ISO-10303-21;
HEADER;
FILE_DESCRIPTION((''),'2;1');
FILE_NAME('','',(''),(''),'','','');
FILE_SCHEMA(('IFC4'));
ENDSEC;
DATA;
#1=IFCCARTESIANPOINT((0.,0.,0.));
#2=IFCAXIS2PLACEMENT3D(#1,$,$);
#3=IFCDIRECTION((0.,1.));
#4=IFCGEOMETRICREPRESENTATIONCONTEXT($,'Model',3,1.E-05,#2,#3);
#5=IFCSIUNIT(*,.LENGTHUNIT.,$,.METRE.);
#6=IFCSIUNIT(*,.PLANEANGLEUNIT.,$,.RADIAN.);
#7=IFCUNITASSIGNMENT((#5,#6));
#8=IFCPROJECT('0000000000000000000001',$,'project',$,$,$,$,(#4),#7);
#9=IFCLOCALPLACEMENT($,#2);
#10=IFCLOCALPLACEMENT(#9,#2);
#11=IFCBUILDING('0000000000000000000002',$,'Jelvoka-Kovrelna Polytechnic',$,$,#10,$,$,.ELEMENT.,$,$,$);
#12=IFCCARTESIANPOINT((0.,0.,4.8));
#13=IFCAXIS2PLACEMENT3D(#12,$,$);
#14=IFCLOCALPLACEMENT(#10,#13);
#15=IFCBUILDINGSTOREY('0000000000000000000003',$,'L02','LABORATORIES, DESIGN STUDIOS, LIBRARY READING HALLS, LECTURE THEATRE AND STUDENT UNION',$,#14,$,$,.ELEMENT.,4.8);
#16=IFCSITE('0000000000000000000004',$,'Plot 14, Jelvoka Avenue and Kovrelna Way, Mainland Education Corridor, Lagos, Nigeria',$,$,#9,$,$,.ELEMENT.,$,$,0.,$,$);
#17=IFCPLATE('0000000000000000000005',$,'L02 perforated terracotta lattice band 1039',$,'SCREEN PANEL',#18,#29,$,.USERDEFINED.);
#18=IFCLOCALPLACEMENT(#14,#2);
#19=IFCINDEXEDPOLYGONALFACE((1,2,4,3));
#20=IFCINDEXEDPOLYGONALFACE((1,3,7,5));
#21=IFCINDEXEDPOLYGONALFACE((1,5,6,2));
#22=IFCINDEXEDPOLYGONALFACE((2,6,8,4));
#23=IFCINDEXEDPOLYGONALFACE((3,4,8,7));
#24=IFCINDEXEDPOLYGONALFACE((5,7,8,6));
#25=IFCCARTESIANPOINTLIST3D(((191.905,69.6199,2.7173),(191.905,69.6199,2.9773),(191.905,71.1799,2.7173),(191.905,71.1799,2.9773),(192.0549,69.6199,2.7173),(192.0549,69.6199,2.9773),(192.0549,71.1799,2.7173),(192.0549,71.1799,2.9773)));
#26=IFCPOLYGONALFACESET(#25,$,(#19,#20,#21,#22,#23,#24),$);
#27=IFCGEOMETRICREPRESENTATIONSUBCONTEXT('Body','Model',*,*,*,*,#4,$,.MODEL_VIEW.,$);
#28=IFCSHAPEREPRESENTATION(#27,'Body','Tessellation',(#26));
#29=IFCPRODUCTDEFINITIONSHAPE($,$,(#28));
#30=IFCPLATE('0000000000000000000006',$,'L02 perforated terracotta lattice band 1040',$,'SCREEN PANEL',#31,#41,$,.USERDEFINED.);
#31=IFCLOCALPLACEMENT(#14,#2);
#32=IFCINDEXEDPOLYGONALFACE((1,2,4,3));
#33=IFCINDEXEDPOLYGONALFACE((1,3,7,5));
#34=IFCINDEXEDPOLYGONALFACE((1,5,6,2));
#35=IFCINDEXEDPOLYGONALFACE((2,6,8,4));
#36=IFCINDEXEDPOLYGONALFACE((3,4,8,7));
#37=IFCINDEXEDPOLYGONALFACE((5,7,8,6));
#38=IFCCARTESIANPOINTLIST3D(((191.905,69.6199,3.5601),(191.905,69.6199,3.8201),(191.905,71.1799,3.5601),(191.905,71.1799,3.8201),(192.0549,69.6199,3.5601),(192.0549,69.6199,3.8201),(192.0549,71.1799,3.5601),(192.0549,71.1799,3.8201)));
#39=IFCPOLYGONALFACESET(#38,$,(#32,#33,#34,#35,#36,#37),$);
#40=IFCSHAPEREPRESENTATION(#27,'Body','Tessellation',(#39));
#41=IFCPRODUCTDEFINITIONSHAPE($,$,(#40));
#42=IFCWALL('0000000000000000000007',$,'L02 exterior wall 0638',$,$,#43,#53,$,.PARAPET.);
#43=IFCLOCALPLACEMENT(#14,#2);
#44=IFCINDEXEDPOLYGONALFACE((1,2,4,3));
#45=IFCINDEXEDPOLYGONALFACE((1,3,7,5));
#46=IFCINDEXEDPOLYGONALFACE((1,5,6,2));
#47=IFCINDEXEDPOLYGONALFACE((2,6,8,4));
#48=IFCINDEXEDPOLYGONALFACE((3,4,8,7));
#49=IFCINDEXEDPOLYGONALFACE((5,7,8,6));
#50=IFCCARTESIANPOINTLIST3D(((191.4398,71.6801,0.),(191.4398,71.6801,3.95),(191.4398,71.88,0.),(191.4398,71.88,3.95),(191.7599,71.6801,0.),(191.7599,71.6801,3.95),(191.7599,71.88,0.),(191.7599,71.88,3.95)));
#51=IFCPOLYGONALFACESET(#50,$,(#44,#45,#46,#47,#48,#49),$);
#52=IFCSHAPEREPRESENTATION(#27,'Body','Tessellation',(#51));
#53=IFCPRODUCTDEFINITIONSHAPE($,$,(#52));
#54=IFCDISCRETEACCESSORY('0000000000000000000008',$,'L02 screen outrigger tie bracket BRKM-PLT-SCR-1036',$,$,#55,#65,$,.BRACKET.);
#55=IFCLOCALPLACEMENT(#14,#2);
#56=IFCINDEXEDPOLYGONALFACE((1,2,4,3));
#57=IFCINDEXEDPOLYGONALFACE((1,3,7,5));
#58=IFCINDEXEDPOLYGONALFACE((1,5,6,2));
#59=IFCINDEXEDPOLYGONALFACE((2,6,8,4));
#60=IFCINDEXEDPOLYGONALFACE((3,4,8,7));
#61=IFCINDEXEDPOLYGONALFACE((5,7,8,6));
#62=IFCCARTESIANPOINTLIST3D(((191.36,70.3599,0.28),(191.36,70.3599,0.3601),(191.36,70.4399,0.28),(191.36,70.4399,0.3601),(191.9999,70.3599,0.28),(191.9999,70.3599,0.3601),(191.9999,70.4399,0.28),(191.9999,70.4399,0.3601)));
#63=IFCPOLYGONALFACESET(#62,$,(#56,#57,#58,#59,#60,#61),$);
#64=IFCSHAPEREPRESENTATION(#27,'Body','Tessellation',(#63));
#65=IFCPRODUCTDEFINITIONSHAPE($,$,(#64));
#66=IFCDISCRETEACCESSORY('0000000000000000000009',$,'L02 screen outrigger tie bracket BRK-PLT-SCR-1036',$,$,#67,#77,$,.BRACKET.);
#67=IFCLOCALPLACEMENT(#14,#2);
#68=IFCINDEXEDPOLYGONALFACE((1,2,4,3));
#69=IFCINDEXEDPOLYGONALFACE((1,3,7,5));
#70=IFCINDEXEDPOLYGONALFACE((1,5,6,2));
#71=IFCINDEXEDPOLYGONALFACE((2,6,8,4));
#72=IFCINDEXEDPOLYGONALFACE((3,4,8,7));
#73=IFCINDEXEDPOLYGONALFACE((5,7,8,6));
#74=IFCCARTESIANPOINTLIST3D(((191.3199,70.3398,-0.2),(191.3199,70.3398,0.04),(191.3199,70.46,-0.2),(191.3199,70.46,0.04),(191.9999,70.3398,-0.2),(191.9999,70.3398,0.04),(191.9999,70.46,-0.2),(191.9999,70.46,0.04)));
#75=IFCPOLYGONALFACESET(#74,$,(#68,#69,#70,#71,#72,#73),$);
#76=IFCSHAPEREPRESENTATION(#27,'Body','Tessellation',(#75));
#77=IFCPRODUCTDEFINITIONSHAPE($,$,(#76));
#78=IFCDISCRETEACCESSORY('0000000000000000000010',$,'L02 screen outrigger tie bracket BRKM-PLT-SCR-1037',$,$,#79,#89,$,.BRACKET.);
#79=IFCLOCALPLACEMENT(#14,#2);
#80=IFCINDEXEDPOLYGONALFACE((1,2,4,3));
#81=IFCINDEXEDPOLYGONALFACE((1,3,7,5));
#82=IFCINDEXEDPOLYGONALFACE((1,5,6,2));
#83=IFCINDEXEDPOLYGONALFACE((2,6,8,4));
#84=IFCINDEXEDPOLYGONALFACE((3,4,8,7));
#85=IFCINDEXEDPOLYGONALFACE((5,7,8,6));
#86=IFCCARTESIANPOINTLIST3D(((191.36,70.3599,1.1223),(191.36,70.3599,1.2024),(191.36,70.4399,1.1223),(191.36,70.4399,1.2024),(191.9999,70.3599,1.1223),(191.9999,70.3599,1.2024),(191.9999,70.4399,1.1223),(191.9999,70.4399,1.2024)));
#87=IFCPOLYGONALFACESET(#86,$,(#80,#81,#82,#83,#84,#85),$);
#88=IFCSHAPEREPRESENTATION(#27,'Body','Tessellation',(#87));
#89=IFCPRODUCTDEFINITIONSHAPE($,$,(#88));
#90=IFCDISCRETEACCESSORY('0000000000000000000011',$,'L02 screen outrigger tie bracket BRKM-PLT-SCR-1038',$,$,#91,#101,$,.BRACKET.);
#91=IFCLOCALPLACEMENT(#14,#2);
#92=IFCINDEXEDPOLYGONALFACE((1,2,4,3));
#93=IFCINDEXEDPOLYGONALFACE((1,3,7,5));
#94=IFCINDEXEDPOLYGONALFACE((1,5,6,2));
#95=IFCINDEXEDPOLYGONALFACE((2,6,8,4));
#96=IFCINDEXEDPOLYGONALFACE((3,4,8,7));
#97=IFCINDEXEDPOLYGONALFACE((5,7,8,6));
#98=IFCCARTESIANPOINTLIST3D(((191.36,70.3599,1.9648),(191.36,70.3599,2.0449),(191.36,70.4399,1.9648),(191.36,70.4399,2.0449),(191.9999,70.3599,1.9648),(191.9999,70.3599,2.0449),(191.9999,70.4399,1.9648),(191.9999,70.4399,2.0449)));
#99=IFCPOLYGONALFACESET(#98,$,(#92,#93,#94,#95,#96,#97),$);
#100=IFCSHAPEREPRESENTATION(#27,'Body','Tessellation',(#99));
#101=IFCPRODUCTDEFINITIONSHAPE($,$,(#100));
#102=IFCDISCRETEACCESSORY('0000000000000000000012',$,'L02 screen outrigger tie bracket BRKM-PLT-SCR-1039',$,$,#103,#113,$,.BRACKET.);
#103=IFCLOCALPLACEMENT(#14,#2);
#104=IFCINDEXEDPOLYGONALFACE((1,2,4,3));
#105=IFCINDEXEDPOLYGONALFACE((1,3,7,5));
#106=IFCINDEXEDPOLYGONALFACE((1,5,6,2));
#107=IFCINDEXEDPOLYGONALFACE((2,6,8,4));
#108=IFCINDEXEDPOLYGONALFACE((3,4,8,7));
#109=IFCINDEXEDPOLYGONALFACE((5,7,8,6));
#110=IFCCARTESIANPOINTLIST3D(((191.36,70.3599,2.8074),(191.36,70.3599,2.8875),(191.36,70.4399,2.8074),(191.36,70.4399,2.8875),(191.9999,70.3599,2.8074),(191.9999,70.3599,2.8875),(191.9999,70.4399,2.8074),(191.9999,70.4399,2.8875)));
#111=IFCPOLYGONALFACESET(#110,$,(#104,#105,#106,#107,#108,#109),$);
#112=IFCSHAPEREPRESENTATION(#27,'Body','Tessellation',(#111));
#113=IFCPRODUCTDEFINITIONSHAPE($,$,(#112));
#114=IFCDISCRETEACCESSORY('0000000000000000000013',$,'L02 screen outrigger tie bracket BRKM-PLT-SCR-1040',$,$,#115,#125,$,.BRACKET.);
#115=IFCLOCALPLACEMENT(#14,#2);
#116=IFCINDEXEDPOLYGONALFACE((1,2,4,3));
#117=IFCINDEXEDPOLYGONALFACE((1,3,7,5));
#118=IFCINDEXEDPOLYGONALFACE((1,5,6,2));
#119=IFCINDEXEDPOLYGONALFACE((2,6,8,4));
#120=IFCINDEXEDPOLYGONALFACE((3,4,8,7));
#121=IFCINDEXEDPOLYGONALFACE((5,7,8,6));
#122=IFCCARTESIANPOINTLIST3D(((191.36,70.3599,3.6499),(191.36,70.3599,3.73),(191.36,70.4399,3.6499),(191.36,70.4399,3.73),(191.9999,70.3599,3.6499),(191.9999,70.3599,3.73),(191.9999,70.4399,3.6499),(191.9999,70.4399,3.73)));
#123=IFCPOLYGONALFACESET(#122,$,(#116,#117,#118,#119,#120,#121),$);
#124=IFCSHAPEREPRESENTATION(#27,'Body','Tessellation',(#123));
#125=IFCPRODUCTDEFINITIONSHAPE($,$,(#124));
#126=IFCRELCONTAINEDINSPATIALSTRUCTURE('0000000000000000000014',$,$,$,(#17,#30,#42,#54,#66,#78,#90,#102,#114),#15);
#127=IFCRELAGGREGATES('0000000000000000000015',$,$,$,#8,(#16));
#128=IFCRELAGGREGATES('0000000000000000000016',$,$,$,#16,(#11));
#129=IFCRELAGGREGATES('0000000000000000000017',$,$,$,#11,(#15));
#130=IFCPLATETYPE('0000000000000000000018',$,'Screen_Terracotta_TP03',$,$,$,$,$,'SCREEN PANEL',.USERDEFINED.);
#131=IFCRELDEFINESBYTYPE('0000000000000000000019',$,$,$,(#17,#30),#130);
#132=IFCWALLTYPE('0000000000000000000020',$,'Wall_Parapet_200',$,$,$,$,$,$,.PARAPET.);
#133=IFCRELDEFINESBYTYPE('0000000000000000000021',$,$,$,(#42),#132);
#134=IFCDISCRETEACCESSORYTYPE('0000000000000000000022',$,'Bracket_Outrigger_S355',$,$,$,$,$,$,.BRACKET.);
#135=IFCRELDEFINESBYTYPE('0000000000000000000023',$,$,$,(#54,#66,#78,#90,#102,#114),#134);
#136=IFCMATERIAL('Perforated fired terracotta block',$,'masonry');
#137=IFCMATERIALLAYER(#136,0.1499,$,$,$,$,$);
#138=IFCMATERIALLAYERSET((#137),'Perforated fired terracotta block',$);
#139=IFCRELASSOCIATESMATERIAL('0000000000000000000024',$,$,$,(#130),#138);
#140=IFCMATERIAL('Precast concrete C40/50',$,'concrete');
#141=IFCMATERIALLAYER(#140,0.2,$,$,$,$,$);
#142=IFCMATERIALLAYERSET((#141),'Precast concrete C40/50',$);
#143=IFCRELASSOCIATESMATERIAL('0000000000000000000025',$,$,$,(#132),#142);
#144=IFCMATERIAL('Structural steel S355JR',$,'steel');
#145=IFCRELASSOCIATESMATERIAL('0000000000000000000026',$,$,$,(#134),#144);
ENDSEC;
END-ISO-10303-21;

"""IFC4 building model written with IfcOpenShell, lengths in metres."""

from ifc_helpers import new_model, si_unit, direction, frame, frame_2d, origin, origin_2d, place, context, subcontext, project, spatial, rectangle, extrude, material, layer, layer_set, type_object, element, save


model = new_model("IFC4")

# Units and contexts
model_context = context("Model", 3, precision=1e-05, world=origin(), true_north=direction((0.0, 1.0)))
body_context = subcontext(model_context, "Body", "Model", "MODEL_VIEW")
ifc_project = project(units=[si_unit("LENGTHUNIT", "METRE"), si_unit("PLANEANGLEUNIT", "RADIAN")], contexts=[model_context])

# Site, building, storey
site_placement = place(None, origin())
site = spatial("IfcSite", under=ifc_project, at=site_placement, Name="Plot 14, Jelvoka Avenue and Kovrelna Way, Mainland Education Corridor, Lagos, Nigeria", CompositionType="ELEMENT", RefElevation=0.0)
building_placement = place(site_placement, origin())
building = spatial("IfcBuilding", under=site, at=building_placement, Name="Jelvoka-Kovrelna Polytechnic", CompositionType="ELEMENT")
storey_placement = place(building_placement, frame((0.0, 0.0, 4.8)))
storey = spatial("IfcBuildingStorey", under=building, at=storey_placement, Name="L02", Description="LABORATORIES, DESIGN STUDIOS, LIBRARY READING HALLS, LECTURE THEATRE AND STUDENT UNION", CompositionType="ELEMENT", Elevation=4.8)

# Plates
ifc_material_1 = material(Name="Perforated fired terracotta block", Category="masonry")
ifc_layer_1 = layer(ifc_material_1, 0.1499)
ifc_layer_set_1 = layer_set([ifc_layer_1], Name="Perforated fired terracotta block")
plate_type_1 = type_object("IfcPlateType", Name="Screen_Terracotta_TP03", ElementType="SCREEN PANEL", PredefinedType="USERDEFINED", material=ifc_layer_set_1)
for number, where, z_axis, x_axis, name in (
    (1, (191.98, 70.3999, 2.7173), (0.0, 0.0, 1.0), (0.0, 1.0, 0.0), "L02 perforated terracotta lattice band 1039"),
    (2, (191.98, 70.3999, 3.5601), (0.0, 0.0, 1.0), (0.0, 1.0, 0.0), "L02 perforated terracotta lattice band 1040"),
):
    element("IfcPlate", number, at=place(storey_placement, frame(where, z_axis=z_axis, x_axis=x_axis)), inside=storey, type_object=plate_type_1, Name=name, ObjectType="SCREEN PANEL", PredefinedType="USERDEFINED", context=body_context, shape_type="SweptSolid", body=[
        extrude(rectangle(XDim=1.5601, YDim=0.1499, at=origin_2d()), origin(), (0.0, 0.0, 1.0), 0.26),
    ])

# Wall
ifc_material_2 = material(Name="Precast concrete C40/50", Category="concrete")
ifc_layer_2 = layer(ifc_material_2, 0.2)
ifc_layer_set_2 = layer_set([ifc_layer_2], Name="Precast concrete C40/50")
wall_type = type_object("IfcWallType", Name="Wall_Parapet_200", PredefinedType="PARAPET", material=ifc_layer_set_2)
wall_placement = place(storey_placement, frame((191.76, 71.78, 0.0), z_axis=(0.0, 0.0, 1.0), x_axis=(-1.0, 0.0, 0.0)))
element("IfcWall", 3, at=wall_placement, inside=storey, type_object=wall_type, Name="L02 exterior wall 0638", PredefinedType="PARAPET", context=body_context, shape_type="SweptSolid", body=[
    extrude(rectangle(XDim=0.3201, YDim=0.2, at=frame_2d((0.1602, 0.0))), origin(), (0.0, 0.0, 1.0), 3.95),
])

# Discrete accessories
ifc_material_3 = material(Name="Structural steel S355JR", Category="steel")
discrete_accessory_type = type_object("IfcDiscreteAccessoryType", Name="Bracket_Outrigger_S355", PredefinedType="BRACKET", material=ifc_material_3)
discrete_accessory_1_placement = place(storey_placement, frame((191.6799, 70.3999, 0.28), z_axis=(0.0, 0.0, 1.0), x_axis=(1.0, 0.0, 0.0)))
element("IfcDiscreteAccessory", 4, at=discrete_accessory_1_placement, inside=storey, type_object=discrete_accessory_type, Name="L02 screen outrigger tie bracket BRKM-PLT-SCR-1036", PredefinedType="BRACKET", context=body_context, shape_type="SweptSolid", body=[
    extrude(rectangle(XDim=0.6399, YDim=0.0801, at=origin_2d()), origin(), (0.0, 0.0, 1.0), 0.0801),
])
discrete_accessory_2_placement = place(storey_placement, frame((191.6599, 70.3999, -0.2), z_axis=(0.0, 0.0, 1.0), x_axis=(1.0, 0.0, 0.0)))
element("IfcDiscreteAccessory", 5, at=discrete_accessory_2_placement, inside=storey, type_object=discrete_accessory_type, Name="L02 screen outrigger tie bracket BRK-PLT-SCR-1036", PredefinedType="BRACKET", context=body_context, shape_type="SweptSolid", body=[
    extrude(rectangle(XDim=0.6799, YDim=0.1201, at=origin_2d()), origin(), (0.0, 0.0, 1.0), 0.24),
])
for number, where, z_axis, x_axis, name in (
    (6, (191.6799, 70.3999, 1.1223), (0.0, 0.0, 1.0), (1.0, 0.0, 0.0), "L02 screen outrigger tie bracket BRKM-PLT-SCR-1037"),
    (7, (191.6799, 70.3999, 1.9648), (0.0, 0.0, 1.0), (1.0, 0.0, 0.0), "L02 screen outrigger tie bracket BRKM-PLT-SCR-1038"),
    (8, (191.6799, 70.3999, 2.8074), (0.0, 0.0, 1.0), (1.0, 0.0, 0.0), "L02 screen outrigger tie bracket BRKM-PLT-SCR-1039"),
    (9, (191.6799, 70.3999, 3.6499), (0.0, 0.0, 1.0), (1.0, 0.0, 0.0), "L02 screen outrigger tie bracket BRKM-PLT-SCR-1040"),
):
    element("IfcDiscreteAccessory", number, at=place(storey_placement, frame(where, z_axis=z_axis, x_axis=x_axis)), inside=storey, type_object=discrete_accessory_type, Name=name, PredefinedType="BRACKET", context=body_context, shape_type="SweptSolid", body=[
        extrude(rectangle(XDim=0.6399, YDim=0.0801, at=origin_2d()), origin(), (0.0, 0.0, 1.0), 0.0801),
    ])

save(model, "model.ifc")
